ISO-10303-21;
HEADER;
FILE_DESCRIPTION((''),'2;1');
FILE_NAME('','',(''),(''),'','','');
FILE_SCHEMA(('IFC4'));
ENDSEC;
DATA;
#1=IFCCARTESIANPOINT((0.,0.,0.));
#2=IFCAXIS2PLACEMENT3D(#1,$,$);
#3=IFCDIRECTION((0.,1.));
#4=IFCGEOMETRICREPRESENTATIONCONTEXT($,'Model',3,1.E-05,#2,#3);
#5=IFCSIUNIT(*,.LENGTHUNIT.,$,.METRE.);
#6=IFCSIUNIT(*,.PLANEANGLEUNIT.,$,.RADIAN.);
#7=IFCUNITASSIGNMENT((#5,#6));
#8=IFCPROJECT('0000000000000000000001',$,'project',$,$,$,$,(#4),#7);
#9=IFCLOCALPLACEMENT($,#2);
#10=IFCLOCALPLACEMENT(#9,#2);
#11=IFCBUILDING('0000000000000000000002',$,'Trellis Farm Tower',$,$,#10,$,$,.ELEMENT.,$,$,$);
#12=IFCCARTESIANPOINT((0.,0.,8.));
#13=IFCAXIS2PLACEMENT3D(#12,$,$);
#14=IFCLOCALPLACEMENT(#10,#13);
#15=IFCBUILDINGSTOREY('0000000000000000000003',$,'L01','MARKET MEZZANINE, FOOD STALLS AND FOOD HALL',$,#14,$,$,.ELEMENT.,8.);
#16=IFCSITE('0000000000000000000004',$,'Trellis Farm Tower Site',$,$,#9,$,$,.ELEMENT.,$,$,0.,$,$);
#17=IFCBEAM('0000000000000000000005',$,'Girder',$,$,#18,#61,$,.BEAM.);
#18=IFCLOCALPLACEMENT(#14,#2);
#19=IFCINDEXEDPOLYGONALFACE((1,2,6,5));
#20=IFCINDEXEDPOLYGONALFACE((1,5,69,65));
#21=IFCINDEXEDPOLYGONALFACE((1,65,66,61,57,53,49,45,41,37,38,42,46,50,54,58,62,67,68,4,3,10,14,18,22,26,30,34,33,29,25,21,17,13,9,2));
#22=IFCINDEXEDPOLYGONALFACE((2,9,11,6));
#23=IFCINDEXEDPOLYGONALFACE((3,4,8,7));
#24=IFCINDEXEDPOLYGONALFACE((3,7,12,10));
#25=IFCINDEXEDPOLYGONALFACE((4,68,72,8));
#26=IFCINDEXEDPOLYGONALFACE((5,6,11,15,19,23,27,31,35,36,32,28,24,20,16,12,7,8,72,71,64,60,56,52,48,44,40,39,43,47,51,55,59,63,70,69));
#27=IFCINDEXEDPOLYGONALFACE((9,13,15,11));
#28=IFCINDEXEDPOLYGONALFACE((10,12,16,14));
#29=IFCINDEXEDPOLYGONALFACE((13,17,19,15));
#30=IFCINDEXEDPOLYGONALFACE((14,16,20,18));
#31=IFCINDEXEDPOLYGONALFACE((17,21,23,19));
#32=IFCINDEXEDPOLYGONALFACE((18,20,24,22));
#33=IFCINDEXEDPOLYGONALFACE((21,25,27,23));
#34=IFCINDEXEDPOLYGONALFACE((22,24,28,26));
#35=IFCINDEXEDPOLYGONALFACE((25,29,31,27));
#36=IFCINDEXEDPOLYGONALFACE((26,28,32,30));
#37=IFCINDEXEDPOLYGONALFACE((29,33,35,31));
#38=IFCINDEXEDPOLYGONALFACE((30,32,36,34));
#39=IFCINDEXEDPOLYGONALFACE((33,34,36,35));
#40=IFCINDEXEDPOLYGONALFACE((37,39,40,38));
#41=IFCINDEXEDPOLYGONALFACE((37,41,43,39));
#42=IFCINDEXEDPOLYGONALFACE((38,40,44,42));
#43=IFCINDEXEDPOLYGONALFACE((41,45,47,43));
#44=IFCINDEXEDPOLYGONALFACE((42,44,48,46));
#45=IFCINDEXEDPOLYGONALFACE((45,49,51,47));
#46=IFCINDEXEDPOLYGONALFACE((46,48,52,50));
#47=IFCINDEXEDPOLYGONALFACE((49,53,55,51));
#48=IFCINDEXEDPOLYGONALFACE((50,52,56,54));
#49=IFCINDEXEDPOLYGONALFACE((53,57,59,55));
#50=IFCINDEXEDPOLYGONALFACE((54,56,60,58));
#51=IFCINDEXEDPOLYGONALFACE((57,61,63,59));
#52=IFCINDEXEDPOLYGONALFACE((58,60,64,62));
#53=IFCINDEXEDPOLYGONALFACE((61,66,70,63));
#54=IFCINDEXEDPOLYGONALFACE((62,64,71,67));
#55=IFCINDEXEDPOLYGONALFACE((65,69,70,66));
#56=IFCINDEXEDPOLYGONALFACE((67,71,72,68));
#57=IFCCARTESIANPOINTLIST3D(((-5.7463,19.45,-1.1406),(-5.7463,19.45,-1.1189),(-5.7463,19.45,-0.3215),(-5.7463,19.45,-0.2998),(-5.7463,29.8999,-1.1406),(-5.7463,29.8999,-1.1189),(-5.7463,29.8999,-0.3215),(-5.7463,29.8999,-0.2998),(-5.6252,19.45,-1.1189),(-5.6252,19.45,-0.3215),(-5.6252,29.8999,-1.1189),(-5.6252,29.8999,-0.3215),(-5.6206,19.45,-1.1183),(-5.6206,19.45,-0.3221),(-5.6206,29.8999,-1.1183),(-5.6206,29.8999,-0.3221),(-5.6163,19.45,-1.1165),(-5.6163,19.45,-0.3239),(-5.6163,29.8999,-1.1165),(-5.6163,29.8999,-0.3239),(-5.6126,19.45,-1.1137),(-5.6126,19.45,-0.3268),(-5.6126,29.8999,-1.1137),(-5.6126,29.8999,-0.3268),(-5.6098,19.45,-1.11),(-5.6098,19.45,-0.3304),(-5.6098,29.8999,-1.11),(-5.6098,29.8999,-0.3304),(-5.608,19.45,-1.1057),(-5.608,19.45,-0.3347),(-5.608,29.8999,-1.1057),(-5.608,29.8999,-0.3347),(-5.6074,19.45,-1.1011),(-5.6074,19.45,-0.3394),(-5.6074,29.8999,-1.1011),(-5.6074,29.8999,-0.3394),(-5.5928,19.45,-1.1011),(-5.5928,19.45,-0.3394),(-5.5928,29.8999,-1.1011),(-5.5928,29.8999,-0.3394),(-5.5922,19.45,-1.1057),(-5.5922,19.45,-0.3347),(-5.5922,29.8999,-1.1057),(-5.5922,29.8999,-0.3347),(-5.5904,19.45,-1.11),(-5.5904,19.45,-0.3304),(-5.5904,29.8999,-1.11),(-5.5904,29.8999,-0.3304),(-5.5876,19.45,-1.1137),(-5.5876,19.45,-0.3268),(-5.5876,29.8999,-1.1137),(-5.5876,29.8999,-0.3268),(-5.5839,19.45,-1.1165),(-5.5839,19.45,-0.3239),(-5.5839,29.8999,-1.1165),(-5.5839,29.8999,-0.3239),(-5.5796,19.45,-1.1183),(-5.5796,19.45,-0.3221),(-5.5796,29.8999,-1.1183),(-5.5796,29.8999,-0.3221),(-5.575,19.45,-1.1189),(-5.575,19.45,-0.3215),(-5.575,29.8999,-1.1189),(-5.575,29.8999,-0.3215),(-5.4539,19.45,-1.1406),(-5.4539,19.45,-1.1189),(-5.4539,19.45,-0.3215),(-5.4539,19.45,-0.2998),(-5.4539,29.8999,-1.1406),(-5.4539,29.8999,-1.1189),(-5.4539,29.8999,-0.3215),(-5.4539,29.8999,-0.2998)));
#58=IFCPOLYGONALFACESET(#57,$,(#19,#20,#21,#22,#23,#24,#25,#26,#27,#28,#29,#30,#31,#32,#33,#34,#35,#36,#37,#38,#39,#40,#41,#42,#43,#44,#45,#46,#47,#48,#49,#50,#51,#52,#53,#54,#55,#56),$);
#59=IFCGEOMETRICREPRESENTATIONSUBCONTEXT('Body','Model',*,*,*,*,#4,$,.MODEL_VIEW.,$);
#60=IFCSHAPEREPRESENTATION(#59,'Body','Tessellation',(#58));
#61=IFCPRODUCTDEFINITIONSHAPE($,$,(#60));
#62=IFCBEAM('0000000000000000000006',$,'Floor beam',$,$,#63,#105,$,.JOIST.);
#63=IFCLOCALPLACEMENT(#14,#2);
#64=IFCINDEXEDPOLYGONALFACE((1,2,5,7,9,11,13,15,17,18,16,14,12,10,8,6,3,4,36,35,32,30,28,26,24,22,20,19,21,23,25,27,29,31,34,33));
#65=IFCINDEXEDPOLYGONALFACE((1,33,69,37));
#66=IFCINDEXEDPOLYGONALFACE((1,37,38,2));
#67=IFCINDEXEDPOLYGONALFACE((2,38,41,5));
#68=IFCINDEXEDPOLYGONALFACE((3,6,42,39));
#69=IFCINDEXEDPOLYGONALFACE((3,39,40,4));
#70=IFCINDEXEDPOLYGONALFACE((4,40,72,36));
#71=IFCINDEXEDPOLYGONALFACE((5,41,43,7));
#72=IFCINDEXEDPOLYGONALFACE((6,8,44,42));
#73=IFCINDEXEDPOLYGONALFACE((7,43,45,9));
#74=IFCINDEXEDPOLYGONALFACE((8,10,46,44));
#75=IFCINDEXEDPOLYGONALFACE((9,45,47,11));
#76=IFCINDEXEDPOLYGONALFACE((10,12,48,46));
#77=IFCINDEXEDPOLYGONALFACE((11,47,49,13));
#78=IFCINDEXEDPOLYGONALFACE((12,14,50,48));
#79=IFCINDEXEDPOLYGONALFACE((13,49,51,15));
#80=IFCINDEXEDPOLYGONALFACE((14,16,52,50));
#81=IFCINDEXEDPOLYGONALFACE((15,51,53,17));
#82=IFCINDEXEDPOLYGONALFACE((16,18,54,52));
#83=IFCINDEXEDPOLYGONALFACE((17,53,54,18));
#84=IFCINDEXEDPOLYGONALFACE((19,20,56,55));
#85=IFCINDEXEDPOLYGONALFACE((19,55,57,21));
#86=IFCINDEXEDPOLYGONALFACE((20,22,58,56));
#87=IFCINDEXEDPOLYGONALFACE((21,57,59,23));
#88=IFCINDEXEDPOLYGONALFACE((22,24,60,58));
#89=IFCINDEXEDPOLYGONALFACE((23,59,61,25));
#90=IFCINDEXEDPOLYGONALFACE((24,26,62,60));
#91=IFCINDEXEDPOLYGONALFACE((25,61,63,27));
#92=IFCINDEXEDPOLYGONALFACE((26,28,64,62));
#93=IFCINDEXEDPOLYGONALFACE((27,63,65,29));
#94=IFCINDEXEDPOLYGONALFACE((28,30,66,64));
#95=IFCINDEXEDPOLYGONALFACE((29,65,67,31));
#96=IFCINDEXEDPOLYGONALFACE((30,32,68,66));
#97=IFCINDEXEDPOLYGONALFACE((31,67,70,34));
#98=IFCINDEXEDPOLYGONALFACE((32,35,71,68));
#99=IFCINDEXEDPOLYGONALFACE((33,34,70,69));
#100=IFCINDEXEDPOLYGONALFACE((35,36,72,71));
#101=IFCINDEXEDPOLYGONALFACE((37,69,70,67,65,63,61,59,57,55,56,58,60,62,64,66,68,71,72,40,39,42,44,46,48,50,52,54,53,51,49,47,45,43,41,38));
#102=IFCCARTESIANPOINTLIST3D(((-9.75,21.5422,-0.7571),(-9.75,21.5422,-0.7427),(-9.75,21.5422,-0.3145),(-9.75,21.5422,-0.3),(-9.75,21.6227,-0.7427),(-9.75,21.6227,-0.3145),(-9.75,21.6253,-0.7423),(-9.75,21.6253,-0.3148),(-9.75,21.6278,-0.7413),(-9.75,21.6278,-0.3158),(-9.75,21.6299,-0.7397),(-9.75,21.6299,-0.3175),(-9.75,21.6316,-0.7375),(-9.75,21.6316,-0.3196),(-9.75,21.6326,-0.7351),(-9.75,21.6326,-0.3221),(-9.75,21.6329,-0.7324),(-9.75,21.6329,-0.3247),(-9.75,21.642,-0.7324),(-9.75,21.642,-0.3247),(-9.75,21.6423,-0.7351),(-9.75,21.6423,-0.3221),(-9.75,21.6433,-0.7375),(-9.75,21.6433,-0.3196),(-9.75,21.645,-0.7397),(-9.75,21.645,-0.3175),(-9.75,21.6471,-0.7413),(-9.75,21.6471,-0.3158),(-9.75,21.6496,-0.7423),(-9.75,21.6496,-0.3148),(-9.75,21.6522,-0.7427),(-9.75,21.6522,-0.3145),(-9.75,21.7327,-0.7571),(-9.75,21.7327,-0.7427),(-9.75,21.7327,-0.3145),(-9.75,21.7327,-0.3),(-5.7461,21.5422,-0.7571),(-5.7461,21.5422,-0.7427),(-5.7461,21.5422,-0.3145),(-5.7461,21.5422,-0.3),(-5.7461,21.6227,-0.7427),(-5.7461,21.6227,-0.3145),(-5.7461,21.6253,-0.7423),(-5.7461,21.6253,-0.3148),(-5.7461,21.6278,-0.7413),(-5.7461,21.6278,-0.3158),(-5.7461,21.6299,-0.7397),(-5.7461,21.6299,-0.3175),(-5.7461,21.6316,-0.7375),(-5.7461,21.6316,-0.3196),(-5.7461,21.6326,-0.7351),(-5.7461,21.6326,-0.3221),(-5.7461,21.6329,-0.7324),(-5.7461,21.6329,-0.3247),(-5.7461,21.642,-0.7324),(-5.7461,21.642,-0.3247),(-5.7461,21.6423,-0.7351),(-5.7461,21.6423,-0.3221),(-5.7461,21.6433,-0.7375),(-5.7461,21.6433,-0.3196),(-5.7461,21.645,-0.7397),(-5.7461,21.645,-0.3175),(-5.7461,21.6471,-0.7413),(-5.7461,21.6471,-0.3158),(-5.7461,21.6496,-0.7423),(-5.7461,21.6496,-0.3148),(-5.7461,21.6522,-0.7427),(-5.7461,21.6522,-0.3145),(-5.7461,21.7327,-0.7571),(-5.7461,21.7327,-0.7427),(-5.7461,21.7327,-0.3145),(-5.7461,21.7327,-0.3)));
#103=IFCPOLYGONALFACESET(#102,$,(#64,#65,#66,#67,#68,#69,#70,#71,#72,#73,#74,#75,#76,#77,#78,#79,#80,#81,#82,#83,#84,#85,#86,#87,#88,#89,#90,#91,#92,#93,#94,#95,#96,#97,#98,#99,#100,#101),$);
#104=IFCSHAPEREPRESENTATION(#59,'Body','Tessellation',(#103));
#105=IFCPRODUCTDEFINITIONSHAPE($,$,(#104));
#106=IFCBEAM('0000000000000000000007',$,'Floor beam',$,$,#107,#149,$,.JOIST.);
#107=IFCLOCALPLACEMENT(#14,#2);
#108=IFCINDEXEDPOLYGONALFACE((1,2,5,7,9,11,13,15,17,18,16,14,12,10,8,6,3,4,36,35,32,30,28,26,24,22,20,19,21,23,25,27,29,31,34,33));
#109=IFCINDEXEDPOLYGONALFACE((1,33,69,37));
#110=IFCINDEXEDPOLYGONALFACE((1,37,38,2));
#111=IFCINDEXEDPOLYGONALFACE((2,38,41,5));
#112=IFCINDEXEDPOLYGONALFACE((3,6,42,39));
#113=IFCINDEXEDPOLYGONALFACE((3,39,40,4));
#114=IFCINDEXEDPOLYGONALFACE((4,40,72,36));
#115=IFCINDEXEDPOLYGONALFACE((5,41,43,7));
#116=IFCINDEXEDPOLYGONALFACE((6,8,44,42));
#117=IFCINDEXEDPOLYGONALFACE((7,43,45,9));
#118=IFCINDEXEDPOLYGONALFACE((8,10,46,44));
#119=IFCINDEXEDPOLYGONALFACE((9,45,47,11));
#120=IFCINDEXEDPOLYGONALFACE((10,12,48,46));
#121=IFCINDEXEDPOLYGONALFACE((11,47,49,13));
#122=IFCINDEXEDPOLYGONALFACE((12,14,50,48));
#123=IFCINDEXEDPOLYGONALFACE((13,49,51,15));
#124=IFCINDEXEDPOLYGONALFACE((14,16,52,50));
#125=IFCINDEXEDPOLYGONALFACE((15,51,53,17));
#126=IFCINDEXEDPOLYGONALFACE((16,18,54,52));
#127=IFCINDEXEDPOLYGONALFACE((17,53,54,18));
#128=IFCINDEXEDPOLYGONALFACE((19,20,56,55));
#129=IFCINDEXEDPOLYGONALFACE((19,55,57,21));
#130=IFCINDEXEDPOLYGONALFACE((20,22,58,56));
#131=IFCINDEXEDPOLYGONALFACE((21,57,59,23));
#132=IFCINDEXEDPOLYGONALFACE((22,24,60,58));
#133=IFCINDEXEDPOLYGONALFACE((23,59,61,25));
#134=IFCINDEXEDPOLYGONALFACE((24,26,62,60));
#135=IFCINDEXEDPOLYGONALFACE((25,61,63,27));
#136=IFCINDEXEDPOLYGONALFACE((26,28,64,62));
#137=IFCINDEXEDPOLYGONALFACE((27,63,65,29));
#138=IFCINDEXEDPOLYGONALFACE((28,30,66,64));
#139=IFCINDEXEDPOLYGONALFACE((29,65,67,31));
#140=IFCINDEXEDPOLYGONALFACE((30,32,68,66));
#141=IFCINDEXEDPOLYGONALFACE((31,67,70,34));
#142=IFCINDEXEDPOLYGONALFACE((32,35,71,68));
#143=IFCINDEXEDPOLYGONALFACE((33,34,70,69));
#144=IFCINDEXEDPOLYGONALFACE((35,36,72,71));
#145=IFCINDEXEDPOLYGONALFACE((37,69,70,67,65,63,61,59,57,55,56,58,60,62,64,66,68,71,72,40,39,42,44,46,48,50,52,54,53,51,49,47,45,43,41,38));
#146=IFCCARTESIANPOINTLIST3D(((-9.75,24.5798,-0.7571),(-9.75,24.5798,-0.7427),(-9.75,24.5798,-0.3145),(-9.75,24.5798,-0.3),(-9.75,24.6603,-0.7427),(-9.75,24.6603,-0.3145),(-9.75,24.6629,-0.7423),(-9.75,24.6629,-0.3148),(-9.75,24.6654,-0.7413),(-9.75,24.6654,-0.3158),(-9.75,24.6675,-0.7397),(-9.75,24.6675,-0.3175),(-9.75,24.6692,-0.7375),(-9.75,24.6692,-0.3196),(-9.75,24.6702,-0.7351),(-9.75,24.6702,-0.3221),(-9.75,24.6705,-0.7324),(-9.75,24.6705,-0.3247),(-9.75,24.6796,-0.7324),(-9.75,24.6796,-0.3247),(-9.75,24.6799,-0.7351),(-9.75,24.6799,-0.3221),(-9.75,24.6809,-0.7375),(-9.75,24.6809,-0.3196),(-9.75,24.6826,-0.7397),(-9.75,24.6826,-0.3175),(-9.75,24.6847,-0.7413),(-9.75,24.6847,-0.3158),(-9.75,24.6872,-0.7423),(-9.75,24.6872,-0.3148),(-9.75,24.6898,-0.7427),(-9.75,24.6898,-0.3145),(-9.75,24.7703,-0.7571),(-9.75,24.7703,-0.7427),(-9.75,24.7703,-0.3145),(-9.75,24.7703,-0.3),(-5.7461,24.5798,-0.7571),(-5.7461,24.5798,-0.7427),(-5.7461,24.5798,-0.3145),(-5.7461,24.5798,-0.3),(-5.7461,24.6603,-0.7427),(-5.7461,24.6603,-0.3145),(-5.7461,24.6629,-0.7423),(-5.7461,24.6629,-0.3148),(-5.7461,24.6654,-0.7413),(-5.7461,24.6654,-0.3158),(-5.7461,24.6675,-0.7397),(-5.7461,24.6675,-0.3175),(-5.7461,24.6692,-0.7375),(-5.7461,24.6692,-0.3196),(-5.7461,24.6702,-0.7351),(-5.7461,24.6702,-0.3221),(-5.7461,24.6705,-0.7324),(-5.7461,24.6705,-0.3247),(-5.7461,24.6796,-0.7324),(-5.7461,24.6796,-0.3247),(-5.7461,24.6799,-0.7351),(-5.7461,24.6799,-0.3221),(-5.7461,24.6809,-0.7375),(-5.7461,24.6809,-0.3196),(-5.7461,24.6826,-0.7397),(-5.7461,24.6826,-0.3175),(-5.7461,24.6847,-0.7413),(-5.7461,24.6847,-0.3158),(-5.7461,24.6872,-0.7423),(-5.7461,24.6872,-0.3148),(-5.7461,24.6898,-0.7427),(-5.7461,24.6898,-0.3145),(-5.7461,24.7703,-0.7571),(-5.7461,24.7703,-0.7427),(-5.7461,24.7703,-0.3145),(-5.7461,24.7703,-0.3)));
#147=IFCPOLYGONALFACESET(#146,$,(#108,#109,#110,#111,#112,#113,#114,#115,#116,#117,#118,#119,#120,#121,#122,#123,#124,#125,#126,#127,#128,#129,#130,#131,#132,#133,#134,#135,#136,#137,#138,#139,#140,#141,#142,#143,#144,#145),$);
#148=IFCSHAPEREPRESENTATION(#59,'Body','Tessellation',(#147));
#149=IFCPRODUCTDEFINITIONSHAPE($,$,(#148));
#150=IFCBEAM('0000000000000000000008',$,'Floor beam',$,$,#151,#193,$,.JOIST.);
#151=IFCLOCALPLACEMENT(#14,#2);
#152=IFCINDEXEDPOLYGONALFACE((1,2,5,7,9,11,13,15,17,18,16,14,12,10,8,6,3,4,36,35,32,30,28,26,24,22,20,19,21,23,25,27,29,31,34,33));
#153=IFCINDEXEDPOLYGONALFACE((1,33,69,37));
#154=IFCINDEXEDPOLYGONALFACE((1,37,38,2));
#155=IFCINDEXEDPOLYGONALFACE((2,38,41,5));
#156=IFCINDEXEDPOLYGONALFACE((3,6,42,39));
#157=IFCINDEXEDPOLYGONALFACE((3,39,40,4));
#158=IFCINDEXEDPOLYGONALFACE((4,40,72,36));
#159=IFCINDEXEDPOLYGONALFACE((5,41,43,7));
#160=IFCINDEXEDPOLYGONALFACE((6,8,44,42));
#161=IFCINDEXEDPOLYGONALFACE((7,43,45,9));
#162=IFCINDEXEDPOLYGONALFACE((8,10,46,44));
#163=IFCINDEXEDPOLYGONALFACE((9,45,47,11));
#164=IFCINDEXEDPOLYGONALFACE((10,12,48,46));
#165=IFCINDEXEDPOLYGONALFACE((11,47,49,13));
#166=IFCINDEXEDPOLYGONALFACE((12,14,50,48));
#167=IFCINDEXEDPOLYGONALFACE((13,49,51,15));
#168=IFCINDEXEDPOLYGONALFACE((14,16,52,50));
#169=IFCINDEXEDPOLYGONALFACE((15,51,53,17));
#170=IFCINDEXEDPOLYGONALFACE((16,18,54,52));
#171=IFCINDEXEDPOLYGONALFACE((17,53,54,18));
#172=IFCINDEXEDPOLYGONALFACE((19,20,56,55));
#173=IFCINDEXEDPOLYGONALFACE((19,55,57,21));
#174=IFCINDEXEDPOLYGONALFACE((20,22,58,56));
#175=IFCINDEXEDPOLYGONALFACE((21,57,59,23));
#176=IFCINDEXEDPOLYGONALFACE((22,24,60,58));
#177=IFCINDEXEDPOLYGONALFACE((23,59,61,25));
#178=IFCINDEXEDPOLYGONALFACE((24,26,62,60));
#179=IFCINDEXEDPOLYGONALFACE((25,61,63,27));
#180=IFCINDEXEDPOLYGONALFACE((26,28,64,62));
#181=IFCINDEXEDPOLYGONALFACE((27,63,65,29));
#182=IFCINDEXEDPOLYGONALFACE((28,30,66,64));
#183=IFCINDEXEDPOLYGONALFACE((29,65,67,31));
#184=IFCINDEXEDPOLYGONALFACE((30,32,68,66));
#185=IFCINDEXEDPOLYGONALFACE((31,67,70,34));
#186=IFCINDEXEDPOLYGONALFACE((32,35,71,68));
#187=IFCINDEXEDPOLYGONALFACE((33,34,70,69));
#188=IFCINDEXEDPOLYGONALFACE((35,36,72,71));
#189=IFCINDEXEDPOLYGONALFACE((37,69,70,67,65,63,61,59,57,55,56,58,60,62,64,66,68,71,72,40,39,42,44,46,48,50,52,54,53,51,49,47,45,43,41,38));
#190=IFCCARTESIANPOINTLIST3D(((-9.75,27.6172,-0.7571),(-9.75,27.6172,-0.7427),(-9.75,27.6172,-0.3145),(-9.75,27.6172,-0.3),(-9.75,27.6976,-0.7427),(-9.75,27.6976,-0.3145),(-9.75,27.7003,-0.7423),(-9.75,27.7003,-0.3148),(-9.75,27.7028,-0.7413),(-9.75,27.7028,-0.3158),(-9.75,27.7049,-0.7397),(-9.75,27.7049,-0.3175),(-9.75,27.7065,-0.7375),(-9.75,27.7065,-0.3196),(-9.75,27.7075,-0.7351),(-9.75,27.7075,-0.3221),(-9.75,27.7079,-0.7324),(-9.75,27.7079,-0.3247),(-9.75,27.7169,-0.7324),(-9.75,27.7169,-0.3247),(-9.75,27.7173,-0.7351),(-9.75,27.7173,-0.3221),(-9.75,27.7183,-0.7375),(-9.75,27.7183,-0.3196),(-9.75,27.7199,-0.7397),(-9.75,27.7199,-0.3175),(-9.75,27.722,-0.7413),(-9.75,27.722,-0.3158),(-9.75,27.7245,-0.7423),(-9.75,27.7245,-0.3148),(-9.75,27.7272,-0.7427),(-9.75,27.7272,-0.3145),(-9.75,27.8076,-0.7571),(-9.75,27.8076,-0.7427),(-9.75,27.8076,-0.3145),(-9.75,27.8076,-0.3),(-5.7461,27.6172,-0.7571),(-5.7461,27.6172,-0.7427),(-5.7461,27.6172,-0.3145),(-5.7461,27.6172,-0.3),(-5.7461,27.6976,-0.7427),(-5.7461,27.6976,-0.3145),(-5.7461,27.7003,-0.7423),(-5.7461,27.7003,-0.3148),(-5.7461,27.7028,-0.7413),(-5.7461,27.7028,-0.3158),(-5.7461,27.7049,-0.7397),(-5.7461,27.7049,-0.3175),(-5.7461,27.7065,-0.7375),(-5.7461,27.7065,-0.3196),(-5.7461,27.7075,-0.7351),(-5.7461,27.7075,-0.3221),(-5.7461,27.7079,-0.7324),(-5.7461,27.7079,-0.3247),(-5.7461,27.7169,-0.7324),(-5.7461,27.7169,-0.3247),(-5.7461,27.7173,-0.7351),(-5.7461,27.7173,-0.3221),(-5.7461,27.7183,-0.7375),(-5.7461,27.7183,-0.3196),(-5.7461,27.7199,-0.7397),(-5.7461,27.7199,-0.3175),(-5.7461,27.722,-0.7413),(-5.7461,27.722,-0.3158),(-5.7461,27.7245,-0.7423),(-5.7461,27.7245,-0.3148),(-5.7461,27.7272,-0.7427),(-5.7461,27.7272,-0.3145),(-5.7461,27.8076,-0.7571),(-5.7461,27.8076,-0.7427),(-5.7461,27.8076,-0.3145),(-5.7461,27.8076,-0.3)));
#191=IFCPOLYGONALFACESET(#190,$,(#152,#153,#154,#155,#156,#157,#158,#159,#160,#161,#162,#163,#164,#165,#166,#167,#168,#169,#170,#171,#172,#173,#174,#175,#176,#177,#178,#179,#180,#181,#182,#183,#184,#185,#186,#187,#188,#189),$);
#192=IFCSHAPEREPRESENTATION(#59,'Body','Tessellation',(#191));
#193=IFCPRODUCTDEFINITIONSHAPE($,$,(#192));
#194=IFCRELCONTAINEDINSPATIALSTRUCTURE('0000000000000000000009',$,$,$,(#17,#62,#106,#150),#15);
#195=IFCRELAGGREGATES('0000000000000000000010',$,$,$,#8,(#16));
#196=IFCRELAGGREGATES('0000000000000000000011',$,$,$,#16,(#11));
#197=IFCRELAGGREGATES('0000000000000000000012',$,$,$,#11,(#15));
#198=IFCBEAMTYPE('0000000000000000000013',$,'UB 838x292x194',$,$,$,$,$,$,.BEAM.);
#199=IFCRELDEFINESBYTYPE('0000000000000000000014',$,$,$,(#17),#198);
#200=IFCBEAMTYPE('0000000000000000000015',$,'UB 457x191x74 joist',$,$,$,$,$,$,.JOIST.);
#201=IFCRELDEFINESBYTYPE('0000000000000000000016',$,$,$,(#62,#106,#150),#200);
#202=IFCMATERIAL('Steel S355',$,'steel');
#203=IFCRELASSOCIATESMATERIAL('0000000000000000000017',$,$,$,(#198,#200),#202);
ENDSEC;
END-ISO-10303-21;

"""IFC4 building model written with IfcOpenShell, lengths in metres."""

from ifc_helpers import new_model, si_unit, direction, frame, origin, origin_2d, place, context, subcontext, project, spatial, i_section, extrude, source, transform, mapped, material, material_profile, profile_set, type_object, element, save


model = new_model("IFC4")

# Units and contexts
model_context = context("Model", 3, precision=1e-05, world=origin(), true_north=direction((0.0, 1.0)))
body_context = subcontext(model_context, "Body", "Model", "MODEL_VIEW")
ifc_project = project(units=[si_unit("LENGTHUNIT", "METRE"), si_unit("PLANEANGLEUNIT", "RADIAN")], contexts=[model_context])

# Site, building, storey
site_placement = place(None, origin())
site = spatial("IfcSite", under=ifc_project, at=site_placement, Name="Trellis Farm Tower Site", CompositionType="ELEMENT", RefElevation=0.0)
building_placement = place(site_placement, origin())
building = spatial("IfcBuilding", under=site, at=building_placement, Name="Trellis Farm Tower", CompositionType="ELEMENT")
storey_placement = place(building_placement, frame((0.0, 0.0, 8.0)))
storey = spatial("IfcBuildingStorey", under=building, at=storey_placement, Name="L01", Description="MARKET MEZZANINE, FOOD STALLS AND FOOD HALL", CompositionType="ELEMENT", Elevation=8.0)

# Beams
ifc_material_1 = material(Name="Steel S355", Category="steel")
ifc_material_profile_1 = material_profile(ifc_material_1, i_section(OverallWidth=0.2925, OverallDepth=0.8408, WebThickness=0.0146, FlangeThickness=0.0217, FilletRadius=0.0178, at=origin_2d()), Name="UB 838x292x194")
ifc_profile_set_1 = profile_set([ifc_material_profile_1], Name="Steel S355")
beam_type_1 = type_object("IfcBeamType", Name="UB 838x292x194", PredefinedType="BEAM", material=ifc_profile_set_1)
shared_shape_1 = source(origin(), body_context, "Body", "SweptSolid", [
    extrude(i_section(OverallWidth=0.2925, OverallDepth=0.8408, WebThickness=0.0146, FlangeThickness=0.0217, FilletRadius=0.0178, at=origin_2d()), origin(), (0.0, 0.0, 1.0), 10.45),
])
beam_1_placement = place(storey_placement, frame((-5.6001, 19.45, -0.7202), z_axis=(0.0, 1.0, 0.0), x_axis=(-1.0, 0.0, 0.0)))
element("IfcBeam", 1, at=beam_1_placement, inside=storey, type_object=beam_type_1, Name="Girder", PredefinedType="BEAM", context=body_context, shape_type="MappedRepresentation", body=[
    mapped(shared_shape_1, transform((0.0, 0.0, 0.0))),
])
ifc_material_profile_2 = material_profile(ifc_material_1, i_section(OverallWidth=0.1904, OverallDepth=0.457, WebThickness=0.009, FlangeThickness=0.0144, FilletRadius=0.0103, at=origin_2d()), Name="UB 457x191x74")
ifc_profile_set_2 = profile_set([ifc_material_profile_2], Name="Steel S355")
beam_type_2 = type_object("IfcBeamType", Name="UB 457x191x74 joist", PredefinedType="JOIST", material=ifc_profile_set_2)
shared_shape_2 = source(origin(), body_context, "Body", "SweptSolid", [
    extrude(i_section(OverallWidth=0.1904, OverallDepth=0.457, WebThickness=0.009, FlangeThickness=0.0144, FilletRadius=0.0103, at=origin_2d()), origin(), (0.0, 0.0, 1.0), 4.0039),
])
for number, where, z_axis, x_axis, name in (
    (2, (-9.75, 21.6375, -0.5286), (1.0, 0.0, 0.0), (0.0, 1.0, 0.0), "Floor beam"),
    (3, (-9.75, 24.675, -0.5286), (1.0, 0.0, 0.0), (0.0, 1.0, 0.0), "Floor beam"),
    (4, (-9.75, 27.7124, -0.5286), (1.0, 0.0, 0.0), (0.0, 1.0, 0.0), "Floor beam"),
):
    element("IfcBeam", number, at=place(storey_placement, frame(where, z_axis=z_axis, x_axis=x_axis)), inside=storey, type_object=beam_type_2, Name=name, PredefinedType="JOIST", context=body_context, shape_type="MappedRepresentation", body=[
        mapped(shared_shape_2, transform((0.0, 0.0, 0.0))),
    ])

save(model, "model.ifc")
